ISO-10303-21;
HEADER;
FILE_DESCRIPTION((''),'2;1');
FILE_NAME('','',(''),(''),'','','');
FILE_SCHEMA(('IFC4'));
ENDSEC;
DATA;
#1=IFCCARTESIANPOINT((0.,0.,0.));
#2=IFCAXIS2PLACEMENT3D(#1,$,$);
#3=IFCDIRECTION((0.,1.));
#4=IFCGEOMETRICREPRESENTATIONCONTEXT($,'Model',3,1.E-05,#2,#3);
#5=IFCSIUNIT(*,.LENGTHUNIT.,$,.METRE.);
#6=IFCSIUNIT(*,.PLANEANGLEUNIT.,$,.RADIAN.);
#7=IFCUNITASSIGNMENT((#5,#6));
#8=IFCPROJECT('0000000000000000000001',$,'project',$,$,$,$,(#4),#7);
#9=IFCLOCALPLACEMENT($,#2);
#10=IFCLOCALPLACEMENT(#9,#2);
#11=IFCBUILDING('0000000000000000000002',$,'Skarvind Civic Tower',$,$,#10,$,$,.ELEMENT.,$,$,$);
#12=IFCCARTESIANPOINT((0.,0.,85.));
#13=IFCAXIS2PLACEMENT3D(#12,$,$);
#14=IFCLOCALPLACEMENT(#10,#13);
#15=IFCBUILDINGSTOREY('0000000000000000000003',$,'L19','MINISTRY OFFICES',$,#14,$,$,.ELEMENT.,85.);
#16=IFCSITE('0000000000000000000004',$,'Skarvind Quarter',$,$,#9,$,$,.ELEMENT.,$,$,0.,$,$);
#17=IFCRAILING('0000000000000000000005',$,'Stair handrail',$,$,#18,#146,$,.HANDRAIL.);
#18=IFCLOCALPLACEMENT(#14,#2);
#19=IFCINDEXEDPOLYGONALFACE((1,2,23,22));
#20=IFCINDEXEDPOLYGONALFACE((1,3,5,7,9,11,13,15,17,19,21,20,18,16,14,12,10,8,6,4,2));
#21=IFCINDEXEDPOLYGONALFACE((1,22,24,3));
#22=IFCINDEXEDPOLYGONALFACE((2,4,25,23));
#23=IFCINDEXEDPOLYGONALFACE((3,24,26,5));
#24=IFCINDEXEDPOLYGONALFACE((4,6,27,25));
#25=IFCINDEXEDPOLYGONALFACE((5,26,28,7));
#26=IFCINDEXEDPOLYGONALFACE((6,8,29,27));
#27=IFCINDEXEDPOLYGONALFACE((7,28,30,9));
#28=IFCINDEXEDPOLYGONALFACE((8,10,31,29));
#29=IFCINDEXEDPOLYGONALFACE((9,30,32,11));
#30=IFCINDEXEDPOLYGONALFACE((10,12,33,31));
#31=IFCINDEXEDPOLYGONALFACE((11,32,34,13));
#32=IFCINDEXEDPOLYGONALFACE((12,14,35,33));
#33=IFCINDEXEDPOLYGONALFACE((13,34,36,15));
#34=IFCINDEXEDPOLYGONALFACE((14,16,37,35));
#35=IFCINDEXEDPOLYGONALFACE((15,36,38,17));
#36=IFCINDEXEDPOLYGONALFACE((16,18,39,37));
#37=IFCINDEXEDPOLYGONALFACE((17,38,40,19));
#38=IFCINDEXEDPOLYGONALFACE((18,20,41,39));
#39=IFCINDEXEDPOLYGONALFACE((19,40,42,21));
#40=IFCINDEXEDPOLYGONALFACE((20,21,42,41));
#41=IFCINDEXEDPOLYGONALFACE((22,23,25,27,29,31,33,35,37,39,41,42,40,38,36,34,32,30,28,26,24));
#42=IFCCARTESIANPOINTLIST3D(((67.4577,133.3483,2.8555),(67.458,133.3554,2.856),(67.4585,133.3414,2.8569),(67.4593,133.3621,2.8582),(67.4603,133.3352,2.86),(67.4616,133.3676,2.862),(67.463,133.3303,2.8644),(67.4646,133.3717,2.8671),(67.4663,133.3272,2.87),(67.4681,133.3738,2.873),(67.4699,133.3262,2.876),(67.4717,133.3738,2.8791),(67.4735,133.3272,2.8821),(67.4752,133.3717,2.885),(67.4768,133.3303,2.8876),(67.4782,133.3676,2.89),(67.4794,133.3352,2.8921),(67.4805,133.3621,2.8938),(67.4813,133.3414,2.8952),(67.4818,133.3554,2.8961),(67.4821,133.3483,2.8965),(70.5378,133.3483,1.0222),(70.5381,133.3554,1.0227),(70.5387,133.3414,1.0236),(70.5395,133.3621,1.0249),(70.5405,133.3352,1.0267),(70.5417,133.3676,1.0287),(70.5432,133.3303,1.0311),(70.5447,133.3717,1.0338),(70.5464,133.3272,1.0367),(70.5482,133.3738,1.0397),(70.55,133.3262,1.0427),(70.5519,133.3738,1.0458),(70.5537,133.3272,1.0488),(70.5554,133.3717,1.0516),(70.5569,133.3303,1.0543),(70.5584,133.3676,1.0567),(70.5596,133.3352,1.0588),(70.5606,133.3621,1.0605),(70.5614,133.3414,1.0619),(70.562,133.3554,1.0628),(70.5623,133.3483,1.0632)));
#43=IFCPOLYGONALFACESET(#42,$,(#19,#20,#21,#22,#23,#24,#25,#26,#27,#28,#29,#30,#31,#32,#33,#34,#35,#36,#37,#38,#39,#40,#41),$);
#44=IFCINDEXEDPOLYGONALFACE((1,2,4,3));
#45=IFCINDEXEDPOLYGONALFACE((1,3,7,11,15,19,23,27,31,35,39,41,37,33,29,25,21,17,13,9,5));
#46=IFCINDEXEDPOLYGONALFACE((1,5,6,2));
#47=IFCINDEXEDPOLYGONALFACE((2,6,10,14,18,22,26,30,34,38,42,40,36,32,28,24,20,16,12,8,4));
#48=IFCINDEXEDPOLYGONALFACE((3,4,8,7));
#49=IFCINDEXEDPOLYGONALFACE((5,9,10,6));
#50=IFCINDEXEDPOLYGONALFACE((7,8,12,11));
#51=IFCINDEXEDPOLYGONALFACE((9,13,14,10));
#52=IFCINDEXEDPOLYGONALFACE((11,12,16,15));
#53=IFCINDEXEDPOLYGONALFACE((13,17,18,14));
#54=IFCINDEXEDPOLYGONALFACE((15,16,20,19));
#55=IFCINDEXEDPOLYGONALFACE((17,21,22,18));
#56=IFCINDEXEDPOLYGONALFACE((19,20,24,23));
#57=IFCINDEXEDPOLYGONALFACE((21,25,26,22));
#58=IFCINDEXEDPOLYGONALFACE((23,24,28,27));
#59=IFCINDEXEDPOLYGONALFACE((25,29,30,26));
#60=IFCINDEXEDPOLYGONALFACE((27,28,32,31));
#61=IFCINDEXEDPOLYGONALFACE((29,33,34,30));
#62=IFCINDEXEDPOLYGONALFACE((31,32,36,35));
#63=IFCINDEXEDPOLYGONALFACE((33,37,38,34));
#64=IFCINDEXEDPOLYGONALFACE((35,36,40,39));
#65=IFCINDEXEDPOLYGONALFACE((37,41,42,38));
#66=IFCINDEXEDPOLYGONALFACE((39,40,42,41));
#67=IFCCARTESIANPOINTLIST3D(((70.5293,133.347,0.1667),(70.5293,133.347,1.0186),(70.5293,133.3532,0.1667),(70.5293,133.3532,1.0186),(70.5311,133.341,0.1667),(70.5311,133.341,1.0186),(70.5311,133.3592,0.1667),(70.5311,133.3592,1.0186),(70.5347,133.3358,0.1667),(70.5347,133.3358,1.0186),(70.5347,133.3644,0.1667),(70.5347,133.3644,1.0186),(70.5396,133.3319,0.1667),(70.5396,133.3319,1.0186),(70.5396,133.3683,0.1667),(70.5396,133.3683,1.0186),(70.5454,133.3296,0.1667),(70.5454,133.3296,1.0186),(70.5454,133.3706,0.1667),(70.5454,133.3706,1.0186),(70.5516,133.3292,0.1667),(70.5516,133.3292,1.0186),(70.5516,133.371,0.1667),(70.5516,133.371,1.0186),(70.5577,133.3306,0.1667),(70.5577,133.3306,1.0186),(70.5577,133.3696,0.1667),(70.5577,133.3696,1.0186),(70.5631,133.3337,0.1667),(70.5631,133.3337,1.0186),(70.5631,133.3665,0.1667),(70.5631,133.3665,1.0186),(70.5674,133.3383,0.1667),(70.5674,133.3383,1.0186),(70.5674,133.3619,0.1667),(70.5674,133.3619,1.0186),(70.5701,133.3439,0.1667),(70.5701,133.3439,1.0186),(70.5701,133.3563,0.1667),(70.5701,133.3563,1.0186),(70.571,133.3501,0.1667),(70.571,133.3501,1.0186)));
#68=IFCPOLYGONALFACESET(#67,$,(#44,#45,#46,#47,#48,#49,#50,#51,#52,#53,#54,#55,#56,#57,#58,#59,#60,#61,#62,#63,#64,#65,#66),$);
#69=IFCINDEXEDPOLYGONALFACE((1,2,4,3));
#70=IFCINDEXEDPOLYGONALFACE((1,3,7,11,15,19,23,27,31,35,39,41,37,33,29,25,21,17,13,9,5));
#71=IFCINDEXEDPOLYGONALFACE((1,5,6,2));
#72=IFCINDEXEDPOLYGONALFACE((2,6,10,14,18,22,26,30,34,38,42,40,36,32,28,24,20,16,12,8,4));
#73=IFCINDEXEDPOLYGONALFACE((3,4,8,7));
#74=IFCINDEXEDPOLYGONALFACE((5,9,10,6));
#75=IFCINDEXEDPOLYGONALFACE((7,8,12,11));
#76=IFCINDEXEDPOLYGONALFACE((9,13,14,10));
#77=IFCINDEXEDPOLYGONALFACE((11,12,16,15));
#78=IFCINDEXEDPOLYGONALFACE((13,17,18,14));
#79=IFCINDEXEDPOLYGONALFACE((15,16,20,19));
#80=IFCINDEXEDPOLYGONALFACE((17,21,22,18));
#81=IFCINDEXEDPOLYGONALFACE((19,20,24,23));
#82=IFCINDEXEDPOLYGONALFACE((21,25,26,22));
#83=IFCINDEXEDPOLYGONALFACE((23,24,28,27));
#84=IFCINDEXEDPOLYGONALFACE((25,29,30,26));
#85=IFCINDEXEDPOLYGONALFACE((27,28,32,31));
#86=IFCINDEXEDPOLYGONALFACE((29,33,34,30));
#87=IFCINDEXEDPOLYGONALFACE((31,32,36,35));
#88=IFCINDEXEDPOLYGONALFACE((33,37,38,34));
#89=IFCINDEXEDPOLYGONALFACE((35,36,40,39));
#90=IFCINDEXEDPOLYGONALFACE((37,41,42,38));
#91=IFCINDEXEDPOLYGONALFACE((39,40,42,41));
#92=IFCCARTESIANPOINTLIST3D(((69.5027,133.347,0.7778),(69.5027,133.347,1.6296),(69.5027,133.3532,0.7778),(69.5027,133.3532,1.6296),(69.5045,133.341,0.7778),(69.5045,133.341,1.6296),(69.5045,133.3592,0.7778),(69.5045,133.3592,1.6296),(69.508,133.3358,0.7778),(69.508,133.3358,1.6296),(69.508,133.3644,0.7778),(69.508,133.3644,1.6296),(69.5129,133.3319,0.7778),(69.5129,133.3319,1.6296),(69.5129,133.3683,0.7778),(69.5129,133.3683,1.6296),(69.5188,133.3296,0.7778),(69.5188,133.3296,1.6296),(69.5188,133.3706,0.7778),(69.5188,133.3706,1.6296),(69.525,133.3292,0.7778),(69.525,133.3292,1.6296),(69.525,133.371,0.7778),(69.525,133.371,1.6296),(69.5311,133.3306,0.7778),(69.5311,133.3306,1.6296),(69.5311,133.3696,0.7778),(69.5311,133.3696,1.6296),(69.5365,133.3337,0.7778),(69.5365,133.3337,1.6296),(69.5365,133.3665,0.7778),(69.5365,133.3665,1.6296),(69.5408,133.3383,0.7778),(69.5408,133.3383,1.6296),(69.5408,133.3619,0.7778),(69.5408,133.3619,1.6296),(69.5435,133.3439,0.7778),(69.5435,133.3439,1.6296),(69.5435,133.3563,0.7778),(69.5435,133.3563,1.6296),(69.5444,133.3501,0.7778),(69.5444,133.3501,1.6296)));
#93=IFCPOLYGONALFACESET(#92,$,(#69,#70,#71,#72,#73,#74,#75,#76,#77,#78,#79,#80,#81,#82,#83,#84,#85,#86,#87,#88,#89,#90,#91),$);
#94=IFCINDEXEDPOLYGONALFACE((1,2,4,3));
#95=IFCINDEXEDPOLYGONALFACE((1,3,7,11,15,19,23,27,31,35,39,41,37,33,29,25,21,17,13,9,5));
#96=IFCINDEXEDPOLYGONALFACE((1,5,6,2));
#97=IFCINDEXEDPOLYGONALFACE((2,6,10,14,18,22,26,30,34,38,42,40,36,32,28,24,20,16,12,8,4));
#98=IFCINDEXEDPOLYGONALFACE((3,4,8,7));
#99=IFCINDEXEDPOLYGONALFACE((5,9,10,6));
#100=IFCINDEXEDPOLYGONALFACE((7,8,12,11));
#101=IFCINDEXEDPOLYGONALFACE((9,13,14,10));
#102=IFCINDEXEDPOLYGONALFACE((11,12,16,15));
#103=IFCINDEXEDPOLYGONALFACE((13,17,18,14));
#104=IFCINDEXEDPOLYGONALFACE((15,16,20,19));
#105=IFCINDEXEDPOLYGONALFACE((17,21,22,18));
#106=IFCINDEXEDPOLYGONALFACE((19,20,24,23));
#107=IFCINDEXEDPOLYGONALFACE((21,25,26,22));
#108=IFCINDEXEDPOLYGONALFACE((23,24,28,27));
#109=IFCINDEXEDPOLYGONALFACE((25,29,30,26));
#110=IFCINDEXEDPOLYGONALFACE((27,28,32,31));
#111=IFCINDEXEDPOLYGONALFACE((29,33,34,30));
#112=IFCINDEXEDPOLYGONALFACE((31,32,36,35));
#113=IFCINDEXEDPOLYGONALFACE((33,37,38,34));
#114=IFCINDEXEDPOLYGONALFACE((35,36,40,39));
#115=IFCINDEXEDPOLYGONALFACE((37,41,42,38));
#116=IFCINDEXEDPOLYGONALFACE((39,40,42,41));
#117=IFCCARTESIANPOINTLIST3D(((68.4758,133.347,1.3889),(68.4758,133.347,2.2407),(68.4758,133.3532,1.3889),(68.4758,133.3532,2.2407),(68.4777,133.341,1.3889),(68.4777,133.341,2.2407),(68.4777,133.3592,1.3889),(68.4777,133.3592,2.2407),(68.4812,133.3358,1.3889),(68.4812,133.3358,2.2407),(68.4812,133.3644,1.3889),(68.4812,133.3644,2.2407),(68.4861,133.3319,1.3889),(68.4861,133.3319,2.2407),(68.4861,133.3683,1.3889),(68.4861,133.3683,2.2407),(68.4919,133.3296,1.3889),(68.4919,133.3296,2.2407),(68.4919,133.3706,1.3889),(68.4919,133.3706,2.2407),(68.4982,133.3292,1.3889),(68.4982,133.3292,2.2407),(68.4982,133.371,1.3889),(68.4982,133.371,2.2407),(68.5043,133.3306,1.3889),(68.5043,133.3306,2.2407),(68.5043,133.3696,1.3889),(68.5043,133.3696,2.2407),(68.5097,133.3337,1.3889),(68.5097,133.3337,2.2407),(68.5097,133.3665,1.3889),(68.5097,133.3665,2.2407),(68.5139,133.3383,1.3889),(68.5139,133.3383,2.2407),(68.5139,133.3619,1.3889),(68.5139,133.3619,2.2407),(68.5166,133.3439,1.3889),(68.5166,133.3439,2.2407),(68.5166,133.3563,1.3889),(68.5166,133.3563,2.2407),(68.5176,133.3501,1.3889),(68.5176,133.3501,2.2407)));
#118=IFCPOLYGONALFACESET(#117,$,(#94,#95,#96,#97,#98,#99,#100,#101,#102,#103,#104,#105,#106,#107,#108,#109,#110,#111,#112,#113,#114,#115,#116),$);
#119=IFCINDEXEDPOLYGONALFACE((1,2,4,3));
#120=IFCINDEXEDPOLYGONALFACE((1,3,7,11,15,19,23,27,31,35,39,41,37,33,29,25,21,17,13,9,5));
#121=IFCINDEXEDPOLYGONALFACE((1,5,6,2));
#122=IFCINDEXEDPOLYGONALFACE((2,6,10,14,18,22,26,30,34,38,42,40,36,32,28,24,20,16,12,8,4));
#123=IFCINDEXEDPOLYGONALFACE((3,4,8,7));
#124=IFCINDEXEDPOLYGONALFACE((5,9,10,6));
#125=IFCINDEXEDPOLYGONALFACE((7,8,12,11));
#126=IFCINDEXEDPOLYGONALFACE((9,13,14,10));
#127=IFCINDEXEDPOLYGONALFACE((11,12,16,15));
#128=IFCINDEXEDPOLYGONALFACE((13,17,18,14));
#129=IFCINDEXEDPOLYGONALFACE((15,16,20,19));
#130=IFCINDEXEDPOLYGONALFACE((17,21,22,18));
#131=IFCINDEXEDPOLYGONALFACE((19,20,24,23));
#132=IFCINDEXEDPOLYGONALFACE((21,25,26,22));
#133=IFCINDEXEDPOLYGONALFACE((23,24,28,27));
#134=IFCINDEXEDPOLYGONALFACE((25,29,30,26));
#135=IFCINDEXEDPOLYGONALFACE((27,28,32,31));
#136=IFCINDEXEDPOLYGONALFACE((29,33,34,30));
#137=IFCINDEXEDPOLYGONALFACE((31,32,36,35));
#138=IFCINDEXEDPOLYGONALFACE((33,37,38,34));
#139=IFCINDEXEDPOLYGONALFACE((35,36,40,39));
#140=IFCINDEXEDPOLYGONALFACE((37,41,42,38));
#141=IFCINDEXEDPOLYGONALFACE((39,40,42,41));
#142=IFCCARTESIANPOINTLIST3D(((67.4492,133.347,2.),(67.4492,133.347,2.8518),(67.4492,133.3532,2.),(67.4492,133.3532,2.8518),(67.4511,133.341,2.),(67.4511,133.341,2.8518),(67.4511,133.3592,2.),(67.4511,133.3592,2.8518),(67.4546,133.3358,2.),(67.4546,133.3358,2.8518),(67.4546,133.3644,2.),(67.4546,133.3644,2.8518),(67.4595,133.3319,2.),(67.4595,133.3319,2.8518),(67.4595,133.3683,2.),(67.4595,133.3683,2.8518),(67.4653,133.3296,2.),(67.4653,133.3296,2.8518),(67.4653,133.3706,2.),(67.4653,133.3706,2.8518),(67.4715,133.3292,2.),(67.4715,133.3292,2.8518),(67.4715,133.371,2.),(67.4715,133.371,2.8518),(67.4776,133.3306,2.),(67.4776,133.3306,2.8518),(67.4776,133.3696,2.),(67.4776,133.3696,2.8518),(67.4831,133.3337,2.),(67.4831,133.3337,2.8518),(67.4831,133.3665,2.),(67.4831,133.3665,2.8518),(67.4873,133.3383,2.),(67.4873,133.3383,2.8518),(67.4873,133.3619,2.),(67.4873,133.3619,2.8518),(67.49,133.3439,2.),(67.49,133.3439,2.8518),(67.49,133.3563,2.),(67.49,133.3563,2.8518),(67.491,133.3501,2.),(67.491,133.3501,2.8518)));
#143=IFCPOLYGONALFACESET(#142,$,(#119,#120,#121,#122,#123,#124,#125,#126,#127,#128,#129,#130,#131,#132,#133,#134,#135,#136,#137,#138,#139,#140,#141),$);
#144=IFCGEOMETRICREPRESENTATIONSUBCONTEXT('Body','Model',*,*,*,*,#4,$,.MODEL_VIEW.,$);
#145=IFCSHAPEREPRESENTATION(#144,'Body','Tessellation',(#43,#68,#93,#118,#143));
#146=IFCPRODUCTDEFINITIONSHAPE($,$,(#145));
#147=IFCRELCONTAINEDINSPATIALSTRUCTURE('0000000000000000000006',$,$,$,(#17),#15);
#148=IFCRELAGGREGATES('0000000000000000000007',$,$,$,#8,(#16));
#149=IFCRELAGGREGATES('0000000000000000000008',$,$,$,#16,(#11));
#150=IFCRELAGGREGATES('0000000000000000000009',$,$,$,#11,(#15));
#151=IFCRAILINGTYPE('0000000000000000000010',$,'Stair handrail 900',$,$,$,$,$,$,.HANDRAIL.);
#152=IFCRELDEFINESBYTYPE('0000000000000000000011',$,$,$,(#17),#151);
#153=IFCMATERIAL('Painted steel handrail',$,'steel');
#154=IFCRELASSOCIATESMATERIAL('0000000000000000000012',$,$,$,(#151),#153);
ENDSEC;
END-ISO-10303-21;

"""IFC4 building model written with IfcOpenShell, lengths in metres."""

from ifc_helpers import new_model, si_unit, direction, frame, origin, origin_2d, place, context, subcontext, project, spatial, circle, extrude, material, type_object, element, save


model = new_model("IFC4")

# Units and contexts
model_context = context("Model", 3, precision=1e-05, world=origin(), true_north=direction((0.0, 1.0)))
body_context = subcontext(model_context, "Body", "Model", "MODEL_VIEW")
ifc_project = project(units=[si_unit("LENGTHUNIT", "METRE"), si_unit("PLANEANGLEUNIT", "RADIAN")], contexts=[model_context])

# Site, building, storey
site_placement = place(None, origin())
site = spatial("IfcSite", under=ifc_project, at=site_placement, Name="Skarvind Quarter", CompositionType="ELEMENT", RefElevation=0.0)
building_placement = place(site_placement, origin())
building = spatial("IfcBuilding", under=site, at=building_placement, Name="Skarvind Civic Tower", CompositionType="ELEMENT")
storey_placement = place(building_placement, frame((0.0, 0.0, 85.0)))
storey = spatial("IfcBuildingStorey", under=building, at=storey_placement, Name="L19", Description="MINISTRY OFFICES", CompositionType="ELEMENT", Elevation=85.0)

# Railing
ifc_material_1 = material(Name="Painted steel handrail", Category="steel")
railing_type = type_object("IfcRailingType", Name="Stair handrail 900", PredefinedType="HANDRAIL", material=ifc_material_1)
railing_1_placement = place(storey_placement, frame((70.55, 133.3501, 0.1667)))
element("IfcRailing", 1, at=railing_1_placement, inside=storey, type_object=railing_type, Name="Stair handrail", PredefinedType="HANDRAIL", context=body_context, shape_type="SweptSolid", body=[
    extrude(circle(Radius=0.0239, at=origin_2d()), frame((0.0, 0.0, 0.876), z_axis=(-0.859309, 0.0, 0.511458), x_axis=(0.0, -1.0, 0.0)), (0.0, 0.0, 1.0), 3.5845),
    extrude(circle(Radius=0.021, at=origin_2d()), origin(), (0.0, 0.0, 1.0), 0.8518),
    extrude(circle(Radius=0.021, at=origin_2d()), frame((-1.0266, 0.0, 0.6111)), (0.0, 0.0, 1.0), 0.8518),
    extrude(circle(Radius=0.021, at=origin_2d()), frame((-2.0535, 0.0, 1.2222)), (0.0, 0.0, 1.0), 0.8518),
    extrude(circle(Radius=0.021, at=origin_2d()), frame((-3.0801, 0.0, 1.8333)), (0.0, 0.0, 1.0), 0.8518),
])

save(model, "model.ifc")
